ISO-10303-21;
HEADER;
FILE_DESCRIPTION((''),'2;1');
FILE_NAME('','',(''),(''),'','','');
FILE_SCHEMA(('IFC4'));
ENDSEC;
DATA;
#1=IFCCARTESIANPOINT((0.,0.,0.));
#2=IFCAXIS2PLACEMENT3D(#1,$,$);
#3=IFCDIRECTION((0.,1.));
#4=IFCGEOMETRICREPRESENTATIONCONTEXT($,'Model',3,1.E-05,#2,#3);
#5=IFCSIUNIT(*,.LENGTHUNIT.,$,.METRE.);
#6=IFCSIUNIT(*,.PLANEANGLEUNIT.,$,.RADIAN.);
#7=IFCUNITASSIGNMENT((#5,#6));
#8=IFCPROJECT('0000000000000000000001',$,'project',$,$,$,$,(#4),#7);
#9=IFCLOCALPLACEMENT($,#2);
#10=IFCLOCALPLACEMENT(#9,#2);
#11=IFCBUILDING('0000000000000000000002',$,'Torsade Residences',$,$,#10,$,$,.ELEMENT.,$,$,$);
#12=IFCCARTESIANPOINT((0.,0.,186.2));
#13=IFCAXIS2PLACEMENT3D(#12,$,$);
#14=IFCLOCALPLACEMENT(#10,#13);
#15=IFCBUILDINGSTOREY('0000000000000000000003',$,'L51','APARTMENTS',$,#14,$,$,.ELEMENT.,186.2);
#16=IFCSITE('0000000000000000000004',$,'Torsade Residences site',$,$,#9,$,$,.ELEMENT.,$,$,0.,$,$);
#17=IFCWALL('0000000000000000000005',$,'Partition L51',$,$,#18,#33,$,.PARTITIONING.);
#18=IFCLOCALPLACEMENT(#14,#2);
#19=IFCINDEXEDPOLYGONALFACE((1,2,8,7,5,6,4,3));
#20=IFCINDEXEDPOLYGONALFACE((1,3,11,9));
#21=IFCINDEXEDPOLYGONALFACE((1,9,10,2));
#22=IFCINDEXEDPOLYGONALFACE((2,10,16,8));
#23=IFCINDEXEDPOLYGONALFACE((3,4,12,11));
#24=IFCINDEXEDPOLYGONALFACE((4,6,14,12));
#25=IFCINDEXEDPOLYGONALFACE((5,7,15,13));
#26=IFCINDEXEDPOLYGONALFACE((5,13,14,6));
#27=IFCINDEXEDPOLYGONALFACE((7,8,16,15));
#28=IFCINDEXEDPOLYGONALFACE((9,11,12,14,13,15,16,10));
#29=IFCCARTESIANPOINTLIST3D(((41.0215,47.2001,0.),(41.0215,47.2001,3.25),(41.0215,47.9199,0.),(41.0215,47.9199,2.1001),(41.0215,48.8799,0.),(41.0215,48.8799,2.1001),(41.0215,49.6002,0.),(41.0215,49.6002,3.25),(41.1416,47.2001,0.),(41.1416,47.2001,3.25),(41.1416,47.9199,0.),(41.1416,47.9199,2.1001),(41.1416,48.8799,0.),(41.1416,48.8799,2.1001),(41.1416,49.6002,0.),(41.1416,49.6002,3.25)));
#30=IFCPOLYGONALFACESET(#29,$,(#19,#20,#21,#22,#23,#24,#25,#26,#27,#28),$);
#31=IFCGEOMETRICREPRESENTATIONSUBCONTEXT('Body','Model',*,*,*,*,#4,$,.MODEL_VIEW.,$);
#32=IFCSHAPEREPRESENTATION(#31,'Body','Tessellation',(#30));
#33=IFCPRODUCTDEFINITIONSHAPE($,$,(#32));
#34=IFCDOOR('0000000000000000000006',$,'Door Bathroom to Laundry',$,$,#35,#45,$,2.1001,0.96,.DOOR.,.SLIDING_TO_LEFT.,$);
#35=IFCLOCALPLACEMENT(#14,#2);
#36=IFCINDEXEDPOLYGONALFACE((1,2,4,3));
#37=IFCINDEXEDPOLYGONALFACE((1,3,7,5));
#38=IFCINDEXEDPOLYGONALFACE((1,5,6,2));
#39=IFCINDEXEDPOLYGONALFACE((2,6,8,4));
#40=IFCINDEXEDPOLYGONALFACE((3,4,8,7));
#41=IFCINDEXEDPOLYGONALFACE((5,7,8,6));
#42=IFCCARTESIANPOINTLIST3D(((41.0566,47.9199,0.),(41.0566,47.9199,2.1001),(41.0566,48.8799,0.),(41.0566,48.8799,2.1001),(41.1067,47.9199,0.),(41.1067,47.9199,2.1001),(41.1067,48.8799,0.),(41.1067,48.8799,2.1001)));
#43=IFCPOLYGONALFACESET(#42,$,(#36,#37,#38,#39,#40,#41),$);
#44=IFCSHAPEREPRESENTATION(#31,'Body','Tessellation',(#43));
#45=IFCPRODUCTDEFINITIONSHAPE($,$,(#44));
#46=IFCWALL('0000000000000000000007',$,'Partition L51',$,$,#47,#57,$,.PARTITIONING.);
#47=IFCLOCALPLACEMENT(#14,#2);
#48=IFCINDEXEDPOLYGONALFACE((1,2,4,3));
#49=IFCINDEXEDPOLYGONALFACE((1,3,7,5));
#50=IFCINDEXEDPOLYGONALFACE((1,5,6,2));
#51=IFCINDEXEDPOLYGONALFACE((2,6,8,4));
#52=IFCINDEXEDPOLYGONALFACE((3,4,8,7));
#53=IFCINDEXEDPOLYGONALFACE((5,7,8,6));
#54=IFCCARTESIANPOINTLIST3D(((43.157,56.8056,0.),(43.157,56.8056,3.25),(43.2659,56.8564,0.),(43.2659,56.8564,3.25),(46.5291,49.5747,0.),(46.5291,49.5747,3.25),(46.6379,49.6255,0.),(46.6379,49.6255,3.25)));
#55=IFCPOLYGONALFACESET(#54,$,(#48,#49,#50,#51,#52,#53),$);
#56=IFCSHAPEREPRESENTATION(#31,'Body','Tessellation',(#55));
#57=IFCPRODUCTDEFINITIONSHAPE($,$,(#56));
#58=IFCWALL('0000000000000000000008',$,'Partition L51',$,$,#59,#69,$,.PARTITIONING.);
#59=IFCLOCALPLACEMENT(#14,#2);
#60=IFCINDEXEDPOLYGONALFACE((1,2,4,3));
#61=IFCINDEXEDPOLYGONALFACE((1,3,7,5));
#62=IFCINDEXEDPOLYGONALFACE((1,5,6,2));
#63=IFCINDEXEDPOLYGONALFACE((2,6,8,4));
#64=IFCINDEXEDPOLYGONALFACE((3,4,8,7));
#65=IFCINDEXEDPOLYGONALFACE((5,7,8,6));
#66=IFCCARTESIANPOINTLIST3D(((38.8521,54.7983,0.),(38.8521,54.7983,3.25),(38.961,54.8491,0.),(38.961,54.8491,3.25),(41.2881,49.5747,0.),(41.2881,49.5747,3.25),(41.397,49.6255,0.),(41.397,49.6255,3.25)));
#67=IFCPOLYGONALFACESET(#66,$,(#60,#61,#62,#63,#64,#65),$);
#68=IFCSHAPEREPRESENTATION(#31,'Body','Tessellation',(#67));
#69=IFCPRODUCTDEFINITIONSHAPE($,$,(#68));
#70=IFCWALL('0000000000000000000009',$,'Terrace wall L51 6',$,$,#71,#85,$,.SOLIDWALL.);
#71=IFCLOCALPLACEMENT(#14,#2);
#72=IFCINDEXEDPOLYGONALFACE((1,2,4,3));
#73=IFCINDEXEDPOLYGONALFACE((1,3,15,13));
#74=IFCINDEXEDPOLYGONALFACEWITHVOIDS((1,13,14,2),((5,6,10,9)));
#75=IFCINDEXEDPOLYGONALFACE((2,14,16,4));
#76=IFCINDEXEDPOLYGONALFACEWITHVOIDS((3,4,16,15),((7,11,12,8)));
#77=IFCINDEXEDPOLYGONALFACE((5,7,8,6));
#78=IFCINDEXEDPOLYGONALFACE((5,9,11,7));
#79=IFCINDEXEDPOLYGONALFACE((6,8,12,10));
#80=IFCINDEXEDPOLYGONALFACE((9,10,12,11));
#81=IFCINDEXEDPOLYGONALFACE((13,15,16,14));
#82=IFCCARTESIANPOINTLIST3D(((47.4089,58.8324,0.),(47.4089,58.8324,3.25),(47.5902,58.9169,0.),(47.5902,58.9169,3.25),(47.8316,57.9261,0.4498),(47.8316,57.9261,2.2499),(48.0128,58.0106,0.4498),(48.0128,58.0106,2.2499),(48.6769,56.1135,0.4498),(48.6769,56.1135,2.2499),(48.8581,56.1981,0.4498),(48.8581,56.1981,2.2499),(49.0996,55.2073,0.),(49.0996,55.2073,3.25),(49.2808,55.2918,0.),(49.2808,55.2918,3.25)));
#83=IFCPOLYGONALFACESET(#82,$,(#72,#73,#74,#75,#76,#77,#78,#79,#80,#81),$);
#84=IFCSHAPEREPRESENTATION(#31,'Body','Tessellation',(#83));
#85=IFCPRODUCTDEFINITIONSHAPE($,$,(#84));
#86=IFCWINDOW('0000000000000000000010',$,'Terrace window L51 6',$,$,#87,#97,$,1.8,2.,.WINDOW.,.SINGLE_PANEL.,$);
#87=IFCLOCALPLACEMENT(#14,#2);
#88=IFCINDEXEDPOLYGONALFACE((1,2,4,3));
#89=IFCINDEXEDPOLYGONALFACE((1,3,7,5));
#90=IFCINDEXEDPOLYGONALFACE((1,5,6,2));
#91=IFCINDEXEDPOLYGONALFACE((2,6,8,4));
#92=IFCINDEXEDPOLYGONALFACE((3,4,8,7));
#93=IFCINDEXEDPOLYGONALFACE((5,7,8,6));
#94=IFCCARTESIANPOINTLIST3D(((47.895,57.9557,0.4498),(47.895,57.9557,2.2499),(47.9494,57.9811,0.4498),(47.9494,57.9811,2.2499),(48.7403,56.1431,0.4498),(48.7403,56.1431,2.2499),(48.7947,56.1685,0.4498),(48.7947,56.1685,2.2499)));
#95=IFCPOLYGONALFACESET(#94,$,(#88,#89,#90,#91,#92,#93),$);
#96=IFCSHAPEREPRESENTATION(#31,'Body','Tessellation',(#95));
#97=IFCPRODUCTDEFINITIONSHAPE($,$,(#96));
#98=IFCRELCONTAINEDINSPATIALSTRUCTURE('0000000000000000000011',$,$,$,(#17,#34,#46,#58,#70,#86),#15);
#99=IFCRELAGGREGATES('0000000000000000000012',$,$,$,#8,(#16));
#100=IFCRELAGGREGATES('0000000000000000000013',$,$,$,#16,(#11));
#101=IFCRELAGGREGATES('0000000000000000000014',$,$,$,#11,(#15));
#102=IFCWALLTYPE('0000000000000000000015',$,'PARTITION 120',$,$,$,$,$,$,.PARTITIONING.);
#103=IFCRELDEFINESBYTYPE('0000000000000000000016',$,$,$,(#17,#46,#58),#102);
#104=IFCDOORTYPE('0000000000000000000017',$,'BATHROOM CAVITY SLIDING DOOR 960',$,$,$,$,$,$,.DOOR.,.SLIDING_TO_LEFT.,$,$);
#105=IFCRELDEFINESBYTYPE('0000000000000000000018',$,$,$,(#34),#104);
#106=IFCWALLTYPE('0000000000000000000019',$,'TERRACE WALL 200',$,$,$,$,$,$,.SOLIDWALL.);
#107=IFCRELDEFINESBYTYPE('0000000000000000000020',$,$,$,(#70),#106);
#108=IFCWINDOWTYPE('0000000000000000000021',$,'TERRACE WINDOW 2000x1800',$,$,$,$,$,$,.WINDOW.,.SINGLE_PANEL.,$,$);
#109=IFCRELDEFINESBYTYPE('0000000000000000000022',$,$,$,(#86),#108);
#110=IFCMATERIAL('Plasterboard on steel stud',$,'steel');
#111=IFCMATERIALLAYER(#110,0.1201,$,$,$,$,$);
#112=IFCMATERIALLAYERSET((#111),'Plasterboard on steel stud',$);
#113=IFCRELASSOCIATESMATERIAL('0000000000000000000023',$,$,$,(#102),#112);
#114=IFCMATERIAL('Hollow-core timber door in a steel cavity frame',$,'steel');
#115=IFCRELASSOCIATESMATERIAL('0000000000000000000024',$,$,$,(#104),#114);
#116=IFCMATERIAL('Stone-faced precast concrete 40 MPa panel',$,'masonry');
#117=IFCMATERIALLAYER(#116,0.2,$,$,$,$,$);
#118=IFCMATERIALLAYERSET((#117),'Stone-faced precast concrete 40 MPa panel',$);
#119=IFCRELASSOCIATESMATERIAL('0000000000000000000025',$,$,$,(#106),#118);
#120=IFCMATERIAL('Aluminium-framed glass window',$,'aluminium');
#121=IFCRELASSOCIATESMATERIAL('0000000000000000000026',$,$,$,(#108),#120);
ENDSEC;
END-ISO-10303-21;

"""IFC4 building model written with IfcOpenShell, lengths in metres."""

from ifc_helpers import new_model, si_unit, direction, frame, frame_2d, origin, place, context, subcontext, project, spatial, rectangle, extrude, material, layer, layer_set, type_object, element, fill, save


model = new_model("IFC4")

# Units and contexts
model_context = context("Model", 3, precision=1e-05, world=origin(), true_north=direction((0.0, 1.0)))
body_context = subcontext(model_context, "Body", "Model", "MODEL_VIEW")
ifc_project = project(units=[si_unit("LENGTHUNIT", "METRE"), si_unit("PLANEANGLEUNIT", "RADIAN")], contexts=[model_context])

# Site, building, storey
site_placement = place(None, origin())
site = spatial("IfcSite", under=ifc_project, at=site_placement, Name="Torsade Residences site", CompositionType="ELEMENT", RefElevation=0.0)
building_placement = place(site_placement, origin())
building = spatial("IfcBuilding", under=site, at=building_placement, Name="Torsade Residences", CompositionType="ELEMENT")
storey_placement = place(building_placement, frame((0.0, 0.0, 186.2)))
storey = spatial("IfcBuildingStorey", under=building, at=storey_placement, Name="L51", Description="APARTMENTS", CompositionType="ELEMENT", Elevation=186.2)

# Wall, opening, door
ifc_material_1 = material(Name="Plasterboard on steel stud", Category="steel")
ifc_layer_1 = layer(ifc_material_1, 0.1201)
ifc_layer_set_1 = layer_set([ifc_layer_1], Name="Plasterboard on steel stud")
wall_type_1 = type_object("IfcWallType", Name="PARTITION 120", PredefinedType="PARTITIONING", material=ifc_layer_set_1)
ifc_material_2 = material(Name="Hollow-core timber door in a steel cavity frame", Category="steel")
door_type = type_object("IfcDoorType", Name="BATHROOM CAVITY SLIDING DOOR 960", OperationType="SLIDING_TO_LEFT", PredefinedType="DOOR", material=ifc_material_2)
wall_1_placement = place(storey_placement, frame((41.0815, 47.2, 0.0), z_axis=(0.0, 0.0, 1.0), x_axis=(0.0, 1.0, 0.0)))
wall_1 = element("IfcWall", 1, at=wall_1_placement, inside=storey, type_object=wall_type_1, Name="Partition L51", PredefinedType="PARTITIONING", context=body_context, shape_type="SweptSolid", body=[
    extrude(rectangle(XDim=2.4001, YDim=0.1201, at=frame_2d((1.2002, 0.0))), origin(), (0.0, 0.0, 1.0), 3.25),
])
opening_1_placement = place(wall_1_placement, frame((0.72, 0.0, 0.0)))
opening_1 = element("IfcOpeningElement", 2, at=opening_1_placement, cuts=wall_1, PredefinedType="OPENING", context=body_context, shape_type="SweptSolid", body=[
    extrude(rectangle(XDim=0.96, YDim=2.1001, at=frame_2d((0.48, 1.05))), frame((0.0, 0.0701, 0.0), z_axis=(0.0, -1.0, 0.0), x_axis=(1.0, 0.0, 0.0)), (0.0, 0.0, 1.0), 0.1401),
])
door_1_placement = place(opening_1_placement, origin())
door_1 = element("IfcDoor", 3, at=door_1_placement, inside=storey, type_object=door_type, Name="Door Bathroom to Laundry", OperationType="SLIDING_TO_LEFT", OverallHeight=2.1001, OverallWidth=0.96, PredefinedType="DOOR", context=body_context, shape_type="SweptSolid", body=[
    extrude(rectangle(XDim=0.96, YDim=2.1001, at=frame_2d((0.48, 1.05))), frame((0.0, 0.0249, 0.0), z_axis=(0.0, -1.0, 0.0), x_axis=(1.0, 0.0, 0.0)), (0.0, 0.0, 1.0), 0.05),
])
fill(opening_1, door_1)

# Walls
wall_2_placement = place(storey_placement, frame((46.5835, 49.6001, 0.0), z_axis=(0.0, 0.0, 1.0), x_axis=(-0.422641, 0.906297, 0.0)))
element("IfcWall", 4, at=wall_2_placement, inside=storey, type_object=wall_type_1, Name="Partition L51", PredefinedType="PARTITIONING", context=body_context, shape_type="SweptSolid", body=[
    extrude(rectangle(XDim=7.9785, YDim=0.1201, at=frame_2d((3.9893, 0.0))), origin(), (0.0, 0.0, 1.0), 3.25),
])
wall_3_placement = place(storey_placement, frame((41.3425, 49.6001, 0.0), z_axis=(0.0, 0.0, 1.0), x_axis=(-0.422649, 0.906293, 0.0)))
element("IfcWall", 5, at=wall_3_placement, inside=storey, type_object=wall_type_1, Name="Partition L51", PredefinedType="PARTITIONING", context=body_context, shape_type="SweptSolid", body=[
    extrude(rectangle(XDim=5.7637, YDim=0.1201, at=frame_2d((2.8818, 0.0))), origin(), (0.0, 0.0, 1.0), 3.25),
])

# Wall, opening, window
ifc_material_3 = material(Name="Stone-faced precast concrete 40 MPa panel", Category="masonry")
ifc_layer_2 = layer(ifc_material_3, 0.2)
ifc_layer_set_2 = layer_set([ifc_layer_2], Name="Stone-faced precast concrete 40 MPa panel")
wall_type_2 = type_object("IfcWallType", Name="TERRACE WALL 200", PredefinedType="SOLIDWALL", material=ifc_layer_set_2)
wall_4_placement = place(storey_placement, frame((49.1902, 55.2495, 0.0), z_axis=(0.0, 0.0, 1.0), x_axis=(-0.422658, 0.906289, 0.0)))
wall_4 = element("IfcWall", 6, at=wall_4_placement, inside=storey, type_object=wall_type_2, Name="Terrace wall L51 6", PredefinedType="SOLIDWALL", context=body_context, shape_type="SweptSolid", body=[
    extrude(rectangle(XDim=4.0, YDim=0.2, at=frame_2d((2.0, 0.0))), origin(), (0.0, 0.0, 1.0), 3.25),
])
opening_2_placement = place(wall_4_placement, frame((1.0, 0.0, 0.45)))
opening_2 = element("IfcOpeningElement", 7, at=opening_2_placement, cuts=wall_4, PredefinedType="OPENING", context=body_context, shape_type="SweptSolid", body=[
    extrude(rectangle(XDim=2.0, YDim=1.8, at=frame_2d((1.0, 0.8999))), frame((0.0, 0.1099, 0.0), z_axis=(0.0, -1.0, 0.0), x_axis=(1.0, 0.0, 0.0)), (0.0, 0.0, 1.0), 0.22),
])
ifc_material_4 = material(Name="Aluminium-framed glass window", Category="aluminium")
window_type = type_object("IfcWindowType", Name="TERRACE WINDOW 2000x1800", PartitioningType="SINGLE_PANEL", PredefinedType="WINDOW", material=ifc_material_4)
window_placement = place(opening_2_placement, origin())
window = element("IfcWindow", 8, at=window_placement, inside=storey, type_object=window_type, Name="Terrace window L51 6", OverallHeight=1.8, OverallWidth=2.0, PartitioningType="SINGLE_PANEL", PredefinedType="WINDOW", context=body_context, shape_type="SweptSolid", body=[
    extrude(rectangle(XDim=2.0, YDim=1.8, at=frame_2d((1.0, 0.8999))), frame((0.0, 0.03, 0.0), z_axis=(0.0, -1.0, 0.0), x_axis=(1.0, 0.0, 0.0)), (0.0, 0.0, 1.0), 0.0601),
])
fill(opening_2, window)

save(model, "model.ifc")
